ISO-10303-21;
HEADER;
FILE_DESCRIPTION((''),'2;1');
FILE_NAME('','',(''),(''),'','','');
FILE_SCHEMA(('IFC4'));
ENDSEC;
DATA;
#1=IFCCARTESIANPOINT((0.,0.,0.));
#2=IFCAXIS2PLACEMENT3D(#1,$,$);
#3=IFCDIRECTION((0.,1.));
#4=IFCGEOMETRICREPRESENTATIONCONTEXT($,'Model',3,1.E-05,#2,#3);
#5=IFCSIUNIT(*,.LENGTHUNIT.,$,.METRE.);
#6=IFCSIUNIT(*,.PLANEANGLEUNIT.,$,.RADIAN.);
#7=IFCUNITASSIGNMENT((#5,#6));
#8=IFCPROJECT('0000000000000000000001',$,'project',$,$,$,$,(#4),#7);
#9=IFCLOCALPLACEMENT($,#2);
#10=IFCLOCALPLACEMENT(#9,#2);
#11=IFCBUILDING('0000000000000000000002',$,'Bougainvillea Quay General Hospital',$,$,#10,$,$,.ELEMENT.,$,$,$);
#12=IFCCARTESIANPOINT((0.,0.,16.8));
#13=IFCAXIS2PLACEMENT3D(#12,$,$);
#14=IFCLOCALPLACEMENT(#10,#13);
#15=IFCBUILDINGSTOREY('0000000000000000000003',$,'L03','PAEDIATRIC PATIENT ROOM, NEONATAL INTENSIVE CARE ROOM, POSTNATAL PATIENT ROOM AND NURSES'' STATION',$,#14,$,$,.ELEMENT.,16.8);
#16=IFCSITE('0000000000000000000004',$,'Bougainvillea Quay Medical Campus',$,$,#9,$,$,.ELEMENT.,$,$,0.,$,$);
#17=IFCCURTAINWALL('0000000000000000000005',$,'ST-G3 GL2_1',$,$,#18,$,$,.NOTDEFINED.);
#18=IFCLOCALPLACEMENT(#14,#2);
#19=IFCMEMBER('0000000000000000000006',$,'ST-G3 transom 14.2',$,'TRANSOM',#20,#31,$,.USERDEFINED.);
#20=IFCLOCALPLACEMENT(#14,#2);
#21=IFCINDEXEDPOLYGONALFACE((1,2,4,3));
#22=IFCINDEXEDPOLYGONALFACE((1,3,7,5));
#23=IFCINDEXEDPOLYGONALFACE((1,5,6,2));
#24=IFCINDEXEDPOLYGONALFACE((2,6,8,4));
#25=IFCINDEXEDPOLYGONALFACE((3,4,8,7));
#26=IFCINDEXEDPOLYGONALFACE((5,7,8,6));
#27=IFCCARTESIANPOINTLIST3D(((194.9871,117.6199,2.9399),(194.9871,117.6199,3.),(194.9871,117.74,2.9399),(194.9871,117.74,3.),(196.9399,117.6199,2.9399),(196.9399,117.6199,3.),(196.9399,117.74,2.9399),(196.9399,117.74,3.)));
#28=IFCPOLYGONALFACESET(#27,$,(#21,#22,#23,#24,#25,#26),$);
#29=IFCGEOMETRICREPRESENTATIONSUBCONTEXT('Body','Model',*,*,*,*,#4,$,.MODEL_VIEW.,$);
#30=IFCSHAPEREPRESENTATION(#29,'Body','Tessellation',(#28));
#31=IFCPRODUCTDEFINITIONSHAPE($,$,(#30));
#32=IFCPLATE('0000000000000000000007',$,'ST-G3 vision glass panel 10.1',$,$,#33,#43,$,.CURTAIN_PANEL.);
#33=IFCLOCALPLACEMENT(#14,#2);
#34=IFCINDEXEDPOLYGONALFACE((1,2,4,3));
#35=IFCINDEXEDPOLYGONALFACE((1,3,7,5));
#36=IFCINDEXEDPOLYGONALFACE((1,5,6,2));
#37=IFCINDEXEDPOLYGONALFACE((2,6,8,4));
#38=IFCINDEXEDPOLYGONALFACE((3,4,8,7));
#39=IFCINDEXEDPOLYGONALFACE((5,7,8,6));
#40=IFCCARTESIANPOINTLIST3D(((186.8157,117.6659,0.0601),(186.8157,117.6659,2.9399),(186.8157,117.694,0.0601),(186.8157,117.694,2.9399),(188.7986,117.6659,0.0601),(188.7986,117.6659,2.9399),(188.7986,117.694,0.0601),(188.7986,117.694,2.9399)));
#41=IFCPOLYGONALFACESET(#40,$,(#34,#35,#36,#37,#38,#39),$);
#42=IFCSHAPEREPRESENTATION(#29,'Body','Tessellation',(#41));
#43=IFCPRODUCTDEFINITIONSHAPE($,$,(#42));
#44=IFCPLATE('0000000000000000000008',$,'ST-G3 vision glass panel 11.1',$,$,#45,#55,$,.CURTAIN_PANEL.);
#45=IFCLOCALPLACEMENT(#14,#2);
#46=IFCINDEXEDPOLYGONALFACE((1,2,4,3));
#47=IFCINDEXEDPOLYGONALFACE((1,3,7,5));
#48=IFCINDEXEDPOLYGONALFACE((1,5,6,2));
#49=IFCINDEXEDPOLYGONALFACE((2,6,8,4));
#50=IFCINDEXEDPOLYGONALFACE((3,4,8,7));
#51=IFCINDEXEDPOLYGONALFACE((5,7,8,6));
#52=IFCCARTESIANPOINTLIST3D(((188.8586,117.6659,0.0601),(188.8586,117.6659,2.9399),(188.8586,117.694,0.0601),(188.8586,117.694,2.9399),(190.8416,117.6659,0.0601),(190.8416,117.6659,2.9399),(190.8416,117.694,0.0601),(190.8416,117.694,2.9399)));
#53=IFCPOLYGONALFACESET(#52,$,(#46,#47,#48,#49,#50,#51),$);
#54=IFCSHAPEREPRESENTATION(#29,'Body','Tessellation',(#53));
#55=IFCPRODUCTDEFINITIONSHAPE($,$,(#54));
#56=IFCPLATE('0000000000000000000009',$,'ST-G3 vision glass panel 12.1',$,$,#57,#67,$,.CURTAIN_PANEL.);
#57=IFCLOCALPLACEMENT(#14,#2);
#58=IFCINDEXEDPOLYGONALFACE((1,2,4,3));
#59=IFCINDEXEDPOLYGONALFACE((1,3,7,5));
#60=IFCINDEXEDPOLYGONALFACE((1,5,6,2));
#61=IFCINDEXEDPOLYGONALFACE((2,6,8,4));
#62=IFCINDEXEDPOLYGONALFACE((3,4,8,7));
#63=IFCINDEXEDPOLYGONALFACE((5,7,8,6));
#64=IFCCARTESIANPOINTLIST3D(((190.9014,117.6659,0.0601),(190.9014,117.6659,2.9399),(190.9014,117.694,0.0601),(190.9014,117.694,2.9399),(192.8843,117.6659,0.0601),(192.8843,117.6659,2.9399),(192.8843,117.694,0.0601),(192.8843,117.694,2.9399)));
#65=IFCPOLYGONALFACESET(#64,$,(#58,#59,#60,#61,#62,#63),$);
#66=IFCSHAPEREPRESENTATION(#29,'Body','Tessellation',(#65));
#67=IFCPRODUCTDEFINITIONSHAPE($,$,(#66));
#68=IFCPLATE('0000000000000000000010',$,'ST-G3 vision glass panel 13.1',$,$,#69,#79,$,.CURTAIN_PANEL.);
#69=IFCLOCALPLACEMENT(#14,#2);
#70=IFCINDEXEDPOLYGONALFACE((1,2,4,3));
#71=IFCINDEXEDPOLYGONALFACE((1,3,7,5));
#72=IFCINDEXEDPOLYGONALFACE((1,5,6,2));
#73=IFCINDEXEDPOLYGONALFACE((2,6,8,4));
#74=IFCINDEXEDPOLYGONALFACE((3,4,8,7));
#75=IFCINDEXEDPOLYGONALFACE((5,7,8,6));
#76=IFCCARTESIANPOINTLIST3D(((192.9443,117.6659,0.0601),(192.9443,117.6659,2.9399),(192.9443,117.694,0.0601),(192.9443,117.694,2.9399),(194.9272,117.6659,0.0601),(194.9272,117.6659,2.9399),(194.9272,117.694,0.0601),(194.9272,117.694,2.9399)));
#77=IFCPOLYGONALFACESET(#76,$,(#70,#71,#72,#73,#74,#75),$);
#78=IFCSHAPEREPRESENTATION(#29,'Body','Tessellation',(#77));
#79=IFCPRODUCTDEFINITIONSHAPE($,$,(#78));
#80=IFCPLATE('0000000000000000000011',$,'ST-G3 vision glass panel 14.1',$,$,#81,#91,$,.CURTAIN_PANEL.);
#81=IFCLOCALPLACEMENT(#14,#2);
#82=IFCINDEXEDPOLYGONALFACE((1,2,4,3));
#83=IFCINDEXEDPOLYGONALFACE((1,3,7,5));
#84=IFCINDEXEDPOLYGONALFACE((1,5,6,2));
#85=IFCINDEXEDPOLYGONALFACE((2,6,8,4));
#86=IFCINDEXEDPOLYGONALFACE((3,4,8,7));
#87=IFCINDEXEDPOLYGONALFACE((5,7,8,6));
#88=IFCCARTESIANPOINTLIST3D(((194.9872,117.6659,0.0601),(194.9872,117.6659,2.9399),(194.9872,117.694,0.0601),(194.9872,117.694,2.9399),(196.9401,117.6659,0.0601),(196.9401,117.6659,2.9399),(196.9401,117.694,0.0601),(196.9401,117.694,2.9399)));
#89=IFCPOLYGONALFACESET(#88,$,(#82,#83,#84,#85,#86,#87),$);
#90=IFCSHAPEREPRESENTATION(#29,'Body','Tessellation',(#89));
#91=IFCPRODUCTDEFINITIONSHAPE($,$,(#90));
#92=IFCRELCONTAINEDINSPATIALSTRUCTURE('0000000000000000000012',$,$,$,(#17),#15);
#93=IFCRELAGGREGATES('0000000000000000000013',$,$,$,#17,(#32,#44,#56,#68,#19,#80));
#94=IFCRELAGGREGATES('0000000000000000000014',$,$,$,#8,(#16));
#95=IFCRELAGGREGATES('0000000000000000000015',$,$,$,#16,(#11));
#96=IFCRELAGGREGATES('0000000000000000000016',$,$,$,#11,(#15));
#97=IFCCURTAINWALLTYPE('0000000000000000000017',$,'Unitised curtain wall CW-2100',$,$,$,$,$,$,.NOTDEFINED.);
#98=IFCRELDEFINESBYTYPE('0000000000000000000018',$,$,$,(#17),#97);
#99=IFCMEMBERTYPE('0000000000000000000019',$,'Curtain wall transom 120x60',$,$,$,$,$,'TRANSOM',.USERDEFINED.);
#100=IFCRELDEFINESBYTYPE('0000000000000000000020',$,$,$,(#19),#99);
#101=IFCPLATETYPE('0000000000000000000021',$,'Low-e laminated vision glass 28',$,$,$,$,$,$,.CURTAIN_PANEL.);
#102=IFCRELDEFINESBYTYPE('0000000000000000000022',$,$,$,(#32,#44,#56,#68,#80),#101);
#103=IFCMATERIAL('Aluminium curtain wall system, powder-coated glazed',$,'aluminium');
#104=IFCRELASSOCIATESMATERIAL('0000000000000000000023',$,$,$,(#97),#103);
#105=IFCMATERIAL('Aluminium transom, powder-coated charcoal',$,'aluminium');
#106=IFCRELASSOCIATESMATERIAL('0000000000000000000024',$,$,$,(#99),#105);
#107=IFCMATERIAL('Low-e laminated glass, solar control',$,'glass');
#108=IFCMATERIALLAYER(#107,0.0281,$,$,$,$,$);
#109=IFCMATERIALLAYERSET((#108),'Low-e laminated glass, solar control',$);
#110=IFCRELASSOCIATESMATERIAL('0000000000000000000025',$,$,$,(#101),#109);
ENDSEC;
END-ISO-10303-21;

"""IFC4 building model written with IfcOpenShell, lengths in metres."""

from ifc_helpers import new_model, si_unit, direction, frame, origin, origin_2d, place, context, subcontext, project, spatial, rectangle, extrude, material, layer, layer_set, material_profile, profile_set, type_object, element, aggregate, save


model = new_model("IFC4")

# Units and contexts
model_context = context("Model", 3, precision=1e-05, world=origin(), true_north=direction((0.0, 1.0)))
body_context = subcontext(model_context, "Body", "Model", "MODEL_VIEW")
ifc_project = project(units=[si_unit("LENGTHUNIT", "METRE"), si_unit("PLANEANGLEUNIT", "RADIAN")], contexts=[model_context])

# Site, building, storey
site_placement = place(None, origin())
site = spatial("IfcSite", under=ifc_project, at=site_placement, Name="Bougainvillea Quay Medical Campus", CompositionType="ELEMENT", RefElevation=0.0)
building_placement = place(site_placement, origin())
building = spatial("IfcBuilding", under=site, at=building_placement, Name="Bougainvillea Quay General Hospital", CompositionType="ELEMENT")
storey_placement = place(building_placement, frame((0.0, 0.0, 16.8)))
storey = spatial("IfcBuildingStorey", under=building, at=storey_placement, Name="L03", Description="PAEDIATRIC PATIENT ROOM, NEONATAL INTENSIVE CARE ROOM, POSTNATAL PATIENT ROOM AND NURSES' STATION", CompositionType="ELEMENT", Elevation=16.8)

# Curtain wall, member, plates
ifc_material_1 = material(Name="Aluminium curtain wall system, powder-coated glazed", Category="aluminium")
curtain_wall_type = type_object("IfcCurtainWallType", Name="Unitised curtain wall CW-2100", PredefinedType="NOTDEFINED", material=ifc_material_1)
curtain_wall_placement = place(storey_placement, origin())
curtain_wall = element("IfcCurtainWall", 1, at=curtain_wall_placement, inside=storey, type_object=curtain_wall_type, Name="ST-G3 GL2_1", PredefinedType="NOTDEFINED")
ifc_material_2 = material(Name="Aluminium transom, powder-coated charcoal", Category="aluminium")
ifc_material_profile_1 = material_profile(ifc_material_2, rectangle(XDim=0.1201, YDim=0.0601, at=origin_2d()))
ifc_profile_set_1 = profile_set([ifc_material_profile_1], Name="Aluminium transom, powder-coated charcoal")
member_type_1 = type_object("IfcMemberType", Name="Curtain wall transom 120x60", ElementType="TRANSOM", PredefinedType="USERDEFINED", material=ifc_profile_set_1)
member_1_placement = place(storey_placement, frame((194.9871, 117.6799, 2.97), z_axis=(1.0, 0.0, 0.0), x_axis=(0.0, 1.0, 0.0)))
member_1 = element("IfcMember", 2, at=member_1_placement, type_object=member_type_1, Name="ST-G3 transom 14.2", ObjectType="TRANSOM", PredefinedType="USERDEFINED", context=body_context, shape_type="SweptSolid", body=[
    extrude(rectangle(XDim=0.1201, YDim=0.0601, at=origin_2d()), origin(), (0.0, 0.0, 1.0), 1.9529),
])
ifc_material_3 = material(Name="Low-e laminated glass, solar control", Category="glass")
ifc_layer = layer(ifc_material_3, 0.0281)
ifc_layer_set = layer_set([ifc_layer], Name="Low-e laminated glass, solar control")
plate_type = type_object("IfcPlateType", Name="Low-e laminated vision glass 28", PredefinedType="CURTAIN_PANEL", material=ifc_layer_set)
plate_1_placement = place(storey_placement, frame((187.8071, 117.6799, 0.0601), z_axis=(0.0, 0.0, 1.0), x_axis=(1.0, 0.0, 0.0)))
plate_1 = element("IfcPlate", 3, at=plate_1_placement, type_object=plate_type, Name="ST-G3 vision glass panel 10.1", PredefinedType="CURTAIN_PANEL", context=body_context, shape_type="SweptSolid", body=[
    extrude(rectangle(XDim=1.9829, YDim=0.0281, at=origin_2d()), origin(), (0.0, 0.0, 1.0), 2.8799),
])
plate_2_placement = place(storey_placement, frame((189.8501, 117.6799, 0.0601), z_axis=(0.0, 0.0, 1.0), x_axis=(1.0, 0.0, 0.0)))
plate_2 = element("IfcPlate", 4, at=plate_2_placement, type_object=plate_type, Name="ST-G3 vision glass panel 11.1", PredefinedType="CURTAIN_PANEL", context=body_context, shape_type="SweptSolid", body=[
    extrude(rectangle(XDim=1.9829, YDim=0.0281, at=origin_2d()), origin(), (0.0, 0.0, 1.0), 2.8799),
])
plate_3_placement = place(storey_placement, frame((191.8928, 117.6799, 0.0601), z_axis=(0.0, 0.0, 1.0), x_axis=(1.0, 0.0, 0.0)))
plate_3 = element("IfcPlate", 5, at=plate_3_placement, type_object=plate_type, Name="ST-G3 vision glass panel 12.1", PredefinedType="CURTAIN_PANEL", context=body_context, shape_type="SweptSolid", body=[
    extrude(rectangle(XDim=1.9829, YDim=0.0281, at=origin_2d()), origin(), (0.0, 0.0, 1.0), 2.8799),
])
plate_4_placement = place(storey_placement, frame((193.9358, 117.6799, 0.0601), z_axis=(0.0, 0.0, 1.0), x_axis=(1.0, 0.0, 0.0)))
plate_4 = element("IfcPlate", 6, at=plate_4_placement, type_object=plate_type, Name="ST-G3 vision glass panel 13.1", PredefinedType="CURTAIN_PANEL", context=body_context, shape_type="SweptSolid", body=[
    extrude(rectangle(XDim=1.9829, YDim=0.0281, at=origin_2d()), origin(), (0.0, 0.0, 1.0), 2.8799),
])
plate_5_placement = place(storey_placement, frame((195.9636, 117.6799, 0.0601), z_axis=(0.0, 0.0, 1.0), x_axis=(1.0, 0.0, 0.0)))
plate_5 = element("IfcPlate", 7, at=plate_5_placement, type_object=plate_type, Name="ST-G3 vision glass panel 14.1", PredefinedType="CURTAIN_PANEL", context=body_context, shape_type="SweptSolid", body=[
    extrude(rectangle(XDim=1.9529, YDim=0.0281, at=origin_2d()), origin(), (0.0, 0.0, 1.0), 2.8799),
])
aggregate(curtain_wall, [plate_1, plate_2, plate_3, plate_4, member_1, plate_5])

save(model, "model.ifc")
